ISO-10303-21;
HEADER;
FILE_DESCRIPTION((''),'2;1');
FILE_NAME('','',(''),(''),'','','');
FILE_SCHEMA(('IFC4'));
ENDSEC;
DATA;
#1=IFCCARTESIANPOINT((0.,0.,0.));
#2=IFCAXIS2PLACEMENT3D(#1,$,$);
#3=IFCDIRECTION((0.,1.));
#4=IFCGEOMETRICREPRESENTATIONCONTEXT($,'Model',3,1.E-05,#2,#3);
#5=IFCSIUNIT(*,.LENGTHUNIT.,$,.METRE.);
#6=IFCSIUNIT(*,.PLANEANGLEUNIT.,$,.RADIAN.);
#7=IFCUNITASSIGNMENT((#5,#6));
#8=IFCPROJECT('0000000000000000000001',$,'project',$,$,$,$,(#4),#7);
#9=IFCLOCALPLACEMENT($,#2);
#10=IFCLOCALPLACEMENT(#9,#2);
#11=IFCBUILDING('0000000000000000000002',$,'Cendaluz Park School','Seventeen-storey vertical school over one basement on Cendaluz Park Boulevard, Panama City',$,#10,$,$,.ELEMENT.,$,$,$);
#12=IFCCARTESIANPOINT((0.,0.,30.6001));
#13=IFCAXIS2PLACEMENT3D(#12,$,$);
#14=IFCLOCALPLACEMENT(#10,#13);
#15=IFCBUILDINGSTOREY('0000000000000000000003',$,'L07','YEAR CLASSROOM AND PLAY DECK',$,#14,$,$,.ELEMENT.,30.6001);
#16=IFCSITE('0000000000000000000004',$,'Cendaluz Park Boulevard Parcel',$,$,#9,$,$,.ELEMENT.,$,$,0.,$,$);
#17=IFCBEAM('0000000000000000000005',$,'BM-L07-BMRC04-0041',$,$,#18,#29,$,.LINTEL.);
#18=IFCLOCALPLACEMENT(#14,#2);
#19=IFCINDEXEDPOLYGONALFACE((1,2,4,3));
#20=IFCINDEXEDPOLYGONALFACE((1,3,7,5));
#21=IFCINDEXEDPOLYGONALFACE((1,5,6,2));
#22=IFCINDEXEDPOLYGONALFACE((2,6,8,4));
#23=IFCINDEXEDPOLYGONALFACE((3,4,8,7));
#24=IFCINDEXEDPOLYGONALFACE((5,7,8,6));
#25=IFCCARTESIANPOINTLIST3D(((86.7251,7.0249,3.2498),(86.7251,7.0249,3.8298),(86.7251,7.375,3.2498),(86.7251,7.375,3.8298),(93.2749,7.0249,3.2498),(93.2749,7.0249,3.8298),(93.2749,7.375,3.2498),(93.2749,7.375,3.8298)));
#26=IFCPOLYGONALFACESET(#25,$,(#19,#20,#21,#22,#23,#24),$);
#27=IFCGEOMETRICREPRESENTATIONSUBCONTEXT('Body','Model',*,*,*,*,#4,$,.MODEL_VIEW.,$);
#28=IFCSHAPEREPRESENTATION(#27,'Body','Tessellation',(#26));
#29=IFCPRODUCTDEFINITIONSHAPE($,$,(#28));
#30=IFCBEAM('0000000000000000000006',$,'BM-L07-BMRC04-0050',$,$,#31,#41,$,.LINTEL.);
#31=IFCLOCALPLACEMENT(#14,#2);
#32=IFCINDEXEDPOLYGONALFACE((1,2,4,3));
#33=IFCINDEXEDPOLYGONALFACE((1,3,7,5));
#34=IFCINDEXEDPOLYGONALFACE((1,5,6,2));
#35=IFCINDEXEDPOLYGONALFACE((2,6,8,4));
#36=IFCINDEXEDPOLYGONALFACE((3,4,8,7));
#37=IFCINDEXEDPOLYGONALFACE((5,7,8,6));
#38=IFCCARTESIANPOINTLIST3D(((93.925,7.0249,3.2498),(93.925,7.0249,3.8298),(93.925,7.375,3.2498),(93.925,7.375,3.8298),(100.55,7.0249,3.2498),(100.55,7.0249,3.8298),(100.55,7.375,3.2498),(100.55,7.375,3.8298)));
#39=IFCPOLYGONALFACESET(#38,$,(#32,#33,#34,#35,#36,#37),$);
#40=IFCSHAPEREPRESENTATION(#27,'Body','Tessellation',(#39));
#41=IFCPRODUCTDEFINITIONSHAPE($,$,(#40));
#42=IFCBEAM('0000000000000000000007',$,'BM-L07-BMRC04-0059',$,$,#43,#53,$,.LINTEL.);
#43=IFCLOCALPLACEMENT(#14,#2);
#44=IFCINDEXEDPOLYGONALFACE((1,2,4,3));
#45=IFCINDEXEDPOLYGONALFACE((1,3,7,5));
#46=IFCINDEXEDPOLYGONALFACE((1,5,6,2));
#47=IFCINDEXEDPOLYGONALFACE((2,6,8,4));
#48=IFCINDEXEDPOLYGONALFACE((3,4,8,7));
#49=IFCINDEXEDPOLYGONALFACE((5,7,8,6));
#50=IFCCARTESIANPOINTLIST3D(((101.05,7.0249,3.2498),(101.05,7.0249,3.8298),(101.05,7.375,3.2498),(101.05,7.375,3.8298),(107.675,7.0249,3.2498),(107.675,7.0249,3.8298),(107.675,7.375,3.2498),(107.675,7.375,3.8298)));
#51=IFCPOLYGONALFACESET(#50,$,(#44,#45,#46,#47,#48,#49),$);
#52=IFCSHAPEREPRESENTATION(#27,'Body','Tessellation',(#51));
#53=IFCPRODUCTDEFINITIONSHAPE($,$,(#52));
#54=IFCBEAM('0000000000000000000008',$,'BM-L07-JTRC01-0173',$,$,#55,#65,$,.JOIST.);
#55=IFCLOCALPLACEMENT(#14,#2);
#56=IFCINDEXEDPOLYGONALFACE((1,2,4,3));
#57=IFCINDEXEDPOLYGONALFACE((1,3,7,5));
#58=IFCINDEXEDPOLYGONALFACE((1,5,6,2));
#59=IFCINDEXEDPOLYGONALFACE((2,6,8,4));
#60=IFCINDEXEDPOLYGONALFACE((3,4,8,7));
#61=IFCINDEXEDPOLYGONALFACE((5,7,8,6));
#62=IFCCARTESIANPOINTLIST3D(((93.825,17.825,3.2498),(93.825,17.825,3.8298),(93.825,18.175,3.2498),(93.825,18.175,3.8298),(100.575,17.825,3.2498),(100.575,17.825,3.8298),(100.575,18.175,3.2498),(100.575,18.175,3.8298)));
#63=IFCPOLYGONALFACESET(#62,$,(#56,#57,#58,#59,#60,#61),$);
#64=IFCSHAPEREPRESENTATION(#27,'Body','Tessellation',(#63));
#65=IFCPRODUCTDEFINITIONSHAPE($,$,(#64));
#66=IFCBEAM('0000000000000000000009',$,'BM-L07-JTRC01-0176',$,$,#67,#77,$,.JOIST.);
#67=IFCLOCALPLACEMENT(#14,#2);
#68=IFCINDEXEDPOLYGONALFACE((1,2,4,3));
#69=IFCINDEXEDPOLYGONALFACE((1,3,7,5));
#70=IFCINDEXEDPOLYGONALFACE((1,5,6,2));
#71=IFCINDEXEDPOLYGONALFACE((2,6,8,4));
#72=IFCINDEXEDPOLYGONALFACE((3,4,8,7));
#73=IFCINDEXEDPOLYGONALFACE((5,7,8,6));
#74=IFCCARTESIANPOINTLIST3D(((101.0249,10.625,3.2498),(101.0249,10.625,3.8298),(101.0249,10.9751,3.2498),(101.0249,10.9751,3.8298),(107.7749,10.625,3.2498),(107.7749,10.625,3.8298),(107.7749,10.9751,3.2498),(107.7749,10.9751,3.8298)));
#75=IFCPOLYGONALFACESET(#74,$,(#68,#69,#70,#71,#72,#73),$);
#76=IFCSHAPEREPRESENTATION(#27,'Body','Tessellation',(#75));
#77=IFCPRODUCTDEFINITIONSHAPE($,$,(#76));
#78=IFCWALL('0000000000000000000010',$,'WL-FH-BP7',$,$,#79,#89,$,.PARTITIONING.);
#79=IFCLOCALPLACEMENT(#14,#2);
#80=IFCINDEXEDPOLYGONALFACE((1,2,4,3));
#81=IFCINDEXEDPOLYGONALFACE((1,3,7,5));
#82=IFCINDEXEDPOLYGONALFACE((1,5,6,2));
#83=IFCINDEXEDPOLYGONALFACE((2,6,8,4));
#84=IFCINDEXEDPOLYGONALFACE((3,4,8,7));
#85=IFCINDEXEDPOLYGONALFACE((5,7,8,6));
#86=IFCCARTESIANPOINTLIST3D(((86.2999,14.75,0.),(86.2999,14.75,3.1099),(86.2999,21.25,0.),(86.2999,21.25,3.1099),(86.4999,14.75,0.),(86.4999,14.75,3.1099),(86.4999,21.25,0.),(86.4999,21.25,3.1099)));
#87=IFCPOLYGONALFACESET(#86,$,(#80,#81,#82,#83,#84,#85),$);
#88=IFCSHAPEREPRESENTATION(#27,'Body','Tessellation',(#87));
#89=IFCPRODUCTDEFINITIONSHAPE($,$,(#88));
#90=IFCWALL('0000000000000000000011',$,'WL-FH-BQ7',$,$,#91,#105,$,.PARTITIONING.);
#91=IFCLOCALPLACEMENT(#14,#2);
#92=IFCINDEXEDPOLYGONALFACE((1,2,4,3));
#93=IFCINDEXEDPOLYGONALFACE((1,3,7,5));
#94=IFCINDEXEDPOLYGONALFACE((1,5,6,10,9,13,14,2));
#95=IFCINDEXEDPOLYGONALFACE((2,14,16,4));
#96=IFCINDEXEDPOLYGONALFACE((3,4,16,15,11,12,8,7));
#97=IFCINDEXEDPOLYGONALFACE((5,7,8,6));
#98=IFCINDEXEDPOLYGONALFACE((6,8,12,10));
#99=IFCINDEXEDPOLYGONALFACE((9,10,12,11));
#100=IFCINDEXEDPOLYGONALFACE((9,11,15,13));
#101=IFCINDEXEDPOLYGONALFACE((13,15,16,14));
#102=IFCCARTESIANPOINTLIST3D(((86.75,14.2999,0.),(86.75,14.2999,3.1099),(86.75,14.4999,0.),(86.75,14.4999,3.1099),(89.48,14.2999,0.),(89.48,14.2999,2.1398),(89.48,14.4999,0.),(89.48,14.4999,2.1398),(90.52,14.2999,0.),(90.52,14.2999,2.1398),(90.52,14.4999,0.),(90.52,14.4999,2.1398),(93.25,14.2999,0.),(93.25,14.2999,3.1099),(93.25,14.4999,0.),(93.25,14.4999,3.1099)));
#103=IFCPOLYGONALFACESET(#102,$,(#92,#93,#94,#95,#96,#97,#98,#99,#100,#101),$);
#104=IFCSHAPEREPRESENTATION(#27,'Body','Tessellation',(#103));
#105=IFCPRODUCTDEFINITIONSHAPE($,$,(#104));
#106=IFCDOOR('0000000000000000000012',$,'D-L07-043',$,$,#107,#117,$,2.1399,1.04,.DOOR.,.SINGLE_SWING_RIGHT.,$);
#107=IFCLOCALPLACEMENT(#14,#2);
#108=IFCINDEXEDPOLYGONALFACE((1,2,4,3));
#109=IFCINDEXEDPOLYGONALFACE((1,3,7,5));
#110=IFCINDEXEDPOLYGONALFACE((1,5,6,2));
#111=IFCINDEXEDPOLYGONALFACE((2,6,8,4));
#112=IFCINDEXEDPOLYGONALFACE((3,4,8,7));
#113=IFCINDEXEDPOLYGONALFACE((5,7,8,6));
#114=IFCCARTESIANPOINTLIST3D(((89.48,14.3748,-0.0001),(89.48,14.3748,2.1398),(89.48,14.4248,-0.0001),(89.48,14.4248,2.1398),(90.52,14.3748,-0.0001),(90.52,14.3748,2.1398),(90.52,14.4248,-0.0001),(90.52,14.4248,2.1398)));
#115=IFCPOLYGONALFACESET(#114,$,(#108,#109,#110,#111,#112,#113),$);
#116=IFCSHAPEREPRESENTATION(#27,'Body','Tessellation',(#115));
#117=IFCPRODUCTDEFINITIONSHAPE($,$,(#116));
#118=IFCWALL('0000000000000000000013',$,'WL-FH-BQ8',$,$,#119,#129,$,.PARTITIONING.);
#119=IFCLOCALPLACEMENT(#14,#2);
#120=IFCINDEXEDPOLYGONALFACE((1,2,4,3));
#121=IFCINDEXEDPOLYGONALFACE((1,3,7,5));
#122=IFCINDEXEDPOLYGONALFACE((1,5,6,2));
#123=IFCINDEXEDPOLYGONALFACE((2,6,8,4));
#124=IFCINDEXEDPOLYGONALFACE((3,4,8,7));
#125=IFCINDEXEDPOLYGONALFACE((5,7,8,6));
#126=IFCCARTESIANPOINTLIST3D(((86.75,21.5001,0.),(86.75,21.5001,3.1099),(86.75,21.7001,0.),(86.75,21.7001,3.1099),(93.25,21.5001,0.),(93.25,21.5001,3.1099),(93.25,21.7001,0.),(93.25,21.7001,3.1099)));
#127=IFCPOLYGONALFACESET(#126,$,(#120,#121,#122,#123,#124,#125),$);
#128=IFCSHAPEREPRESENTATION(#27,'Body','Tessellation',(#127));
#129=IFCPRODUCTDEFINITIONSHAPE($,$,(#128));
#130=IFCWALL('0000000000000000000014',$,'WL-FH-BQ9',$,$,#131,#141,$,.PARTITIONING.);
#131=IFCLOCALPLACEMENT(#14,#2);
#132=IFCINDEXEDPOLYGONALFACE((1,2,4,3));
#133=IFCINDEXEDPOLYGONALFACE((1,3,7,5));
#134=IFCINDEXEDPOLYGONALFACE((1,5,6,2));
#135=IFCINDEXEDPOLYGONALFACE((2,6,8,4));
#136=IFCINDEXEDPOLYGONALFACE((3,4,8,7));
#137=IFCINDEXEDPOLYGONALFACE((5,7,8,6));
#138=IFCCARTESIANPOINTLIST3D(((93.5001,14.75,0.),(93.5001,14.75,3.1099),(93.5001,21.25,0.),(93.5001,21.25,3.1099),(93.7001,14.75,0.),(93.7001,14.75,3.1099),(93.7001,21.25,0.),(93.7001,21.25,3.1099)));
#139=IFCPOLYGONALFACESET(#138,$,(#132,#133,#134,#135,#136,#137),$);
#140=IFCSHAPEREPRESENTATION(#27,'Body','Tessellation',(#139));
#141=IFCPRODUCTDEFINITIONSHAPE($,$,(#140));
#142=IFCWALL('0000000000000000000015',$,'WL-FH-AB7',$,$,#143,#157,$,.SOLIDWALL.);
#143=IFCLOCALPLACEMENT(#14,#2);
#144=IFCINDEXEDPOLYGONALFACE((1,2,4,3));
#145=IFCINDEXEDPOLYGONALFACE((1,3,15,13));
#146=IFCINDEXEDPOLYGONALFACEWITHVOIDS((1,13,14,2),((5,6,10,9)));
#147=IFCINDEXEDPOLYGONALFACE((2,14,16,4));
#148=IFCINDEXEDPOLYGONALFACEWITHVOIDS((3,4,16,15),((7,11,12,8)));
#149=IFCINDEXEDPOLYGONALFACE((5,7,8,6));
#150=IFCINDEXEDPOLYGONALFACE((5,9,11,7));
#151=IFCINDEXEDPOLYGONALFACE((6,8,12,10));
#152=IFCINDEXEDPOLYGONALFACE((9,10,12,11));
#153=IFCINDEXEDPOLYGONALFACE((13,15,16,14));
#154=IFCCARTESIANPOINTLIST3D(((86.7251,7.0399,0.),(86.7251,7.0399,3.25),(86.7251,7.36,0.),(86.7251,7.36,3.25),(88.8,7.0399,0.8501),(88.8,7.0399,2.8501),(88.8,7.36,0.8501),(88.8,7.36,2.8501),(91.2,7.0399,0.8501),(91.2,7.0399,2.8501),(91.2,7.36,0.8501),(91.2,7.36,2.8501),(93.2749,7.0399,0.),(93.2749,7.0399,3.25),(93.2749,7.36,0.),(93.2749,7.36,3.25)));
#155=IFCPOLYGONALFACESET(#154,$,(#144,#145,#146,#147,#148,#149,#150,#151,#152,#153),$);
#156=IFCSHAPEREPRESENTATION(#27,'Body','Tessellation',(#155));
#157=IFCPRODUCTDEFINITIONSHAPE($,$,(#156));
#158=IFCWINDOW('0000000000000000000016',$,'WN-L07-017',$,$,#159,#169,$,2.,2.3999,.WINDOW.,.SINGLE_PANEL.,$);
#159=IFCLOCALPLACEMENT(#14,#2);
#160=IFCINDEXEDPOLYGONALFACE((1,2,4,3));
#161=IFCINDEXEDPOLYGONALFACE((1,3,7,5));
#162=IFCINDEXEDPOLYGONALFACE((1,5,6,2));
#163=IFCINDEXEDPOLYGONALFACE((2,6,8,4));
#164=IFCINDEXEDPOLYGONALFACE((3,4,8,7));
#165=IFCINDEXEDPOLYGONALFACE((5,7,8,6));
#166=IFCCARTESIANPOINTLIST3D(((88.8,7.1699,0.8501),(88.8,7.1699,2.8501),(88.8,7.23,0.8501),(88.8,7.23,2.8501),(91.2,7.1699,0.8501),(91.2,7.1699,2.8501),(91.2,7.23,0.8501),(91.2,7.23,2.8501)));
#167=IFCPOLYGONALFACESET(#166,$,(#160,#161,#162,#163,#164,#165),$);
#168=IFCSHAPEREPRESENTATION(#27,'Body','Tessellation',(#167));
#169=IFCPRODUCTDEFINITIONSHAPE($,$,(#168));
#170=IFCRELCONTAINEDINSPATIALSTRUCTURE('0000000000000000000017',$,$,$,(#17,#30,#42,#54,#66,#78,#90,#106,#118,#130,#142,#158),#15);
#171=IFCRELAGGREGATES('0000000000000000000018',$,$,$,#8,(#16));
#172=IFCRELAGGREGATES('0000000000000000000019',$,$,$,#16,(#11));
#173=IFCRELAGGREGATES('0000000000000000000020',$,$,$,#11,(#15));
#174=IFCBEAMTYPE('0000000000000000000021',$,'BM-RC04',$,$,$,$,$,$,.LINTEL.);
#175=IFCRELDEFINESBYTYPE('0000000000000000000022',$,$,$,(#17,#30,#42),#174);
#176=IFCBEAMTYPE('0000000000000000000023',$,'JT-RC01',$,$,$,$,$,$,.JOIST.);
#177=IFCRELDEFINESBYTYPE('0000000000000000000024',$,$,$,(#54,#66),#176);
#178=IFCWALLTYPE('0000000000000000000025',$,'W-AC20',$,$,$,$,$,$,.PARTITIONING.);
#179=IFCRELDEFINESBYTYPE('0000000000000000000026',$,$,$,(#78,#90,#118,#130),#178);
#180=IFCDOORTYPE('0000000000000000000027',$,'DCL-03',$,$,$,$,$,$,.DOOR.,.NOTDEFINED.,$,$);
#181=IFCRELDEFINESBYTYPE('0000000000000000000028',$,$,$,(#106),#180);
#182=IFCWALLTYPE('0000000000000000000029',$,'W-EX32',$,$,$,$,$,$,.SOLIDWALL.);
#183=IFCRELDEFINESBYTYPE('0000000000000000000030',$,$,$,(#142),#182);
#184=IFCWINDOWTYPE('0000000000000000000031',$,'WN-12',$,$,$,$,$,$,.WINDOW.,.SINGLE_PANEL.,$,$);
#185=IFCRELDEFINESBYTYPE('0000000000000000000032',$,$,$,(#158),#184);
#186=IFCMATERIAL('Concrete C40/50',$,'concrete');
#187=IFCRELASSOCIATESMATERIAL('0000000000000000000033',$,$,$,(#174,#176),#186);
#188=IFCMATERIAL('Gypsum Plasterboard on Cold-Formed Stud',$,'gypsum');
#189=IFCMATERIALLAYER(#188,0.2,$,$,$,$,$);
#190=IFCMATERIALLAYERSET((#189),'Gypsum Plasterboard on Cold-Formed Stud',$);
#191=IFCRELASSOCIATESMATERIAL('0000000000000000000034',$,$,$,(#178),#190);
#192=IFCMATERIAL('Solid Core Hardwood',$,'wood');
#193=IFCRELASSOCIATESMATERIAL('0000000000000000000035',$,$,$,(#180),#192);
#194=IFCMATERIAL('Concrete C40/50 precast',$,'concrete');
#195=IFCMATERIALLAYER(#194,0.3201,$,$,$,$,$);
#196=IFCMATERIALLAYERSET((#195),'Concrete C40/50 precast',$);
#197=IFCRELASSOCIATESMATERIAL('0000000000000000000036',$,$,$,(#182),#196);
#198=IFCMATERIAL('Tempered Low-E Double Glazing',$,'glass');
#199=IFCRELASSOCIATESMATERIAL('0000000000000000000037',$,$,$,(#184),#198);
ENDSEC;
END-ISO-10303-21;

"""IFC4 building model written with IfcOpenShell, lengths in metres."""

from ifc_helpers import new_model, si_unit, direction, frame, frame_2d, origin, origin_2d, place, context, subcontext, project, spatial, rectangle, extrude, material, layer, layer_set, material_profile, profile_set, type_object, element, fill, save


model = new_model("IFC4")

# Units and contexts
model_context = context("Model", 3, precision=1e-05, world=origin(), true_north=direction((0.0, 1.0)))
body_context = subcontext(model_context, "Body", "Model", "MODEL_VIEW")
ifc_project = project(units=[si_unit("LENGTHUNIT", "METRE"), si_unit("PLANEANGLEUNIT", "RADIAN")], contexts=[model_context])

# Site, building, storey
site_placement = place(None, origin())
site = spatial("IfcSite", under=ifc_project, at=site_placement, Name="Cendaluz Park Boulevard Parcel", CompositionType="ELEMENT", RefElevation=0.0)
building_placement = place(site_placement, origin())
building = spatial("IfcBuilding", under=site, at=building_placement, Name="Cendaluz Park School", Description="Seventeen-storey vertical school over one basement on Cendaluz Park Boulevard, Panama City", CompositionType="ELEMENT")
storey_placement = place(building_placement, frame((0.0, 0.0, 30.6001)))
storey = spatial("IfcBuildingStorey", under=building, at=storey_placement, Name="L07", Description="YEAR CLASSROOM AND PLAY DECK", CompositionType="ELEMENT", Elevation=30.6001)

# Shared definitions
ifc_material_1 = material(Name="Concrete C40/50", Category="concrete")

# Beams
ifc_material_profile_1 = material_profile(ifc_material_1, rectangle(XDim=0.3501, YDim=0.5801, at=origin_2d()), Name="RC 350x580", Category="concrete")
ifc_profile_set_1 = profile_set([ifc_material_profile_1], Name="Concrete C40/50")
beam_type_1 = type_object("IfcBeamType", Name="BM-RC04", PredefinedType="LINTEL", material=ifc_profile_set_1)
beam_1_placement = place(storey_placement, frame((86.7251, 7.2, 3.5398), z_axis=(1.0, 0.0, 0.0), x_axis=(0.0, 1.0, 0.0)))
element("IfcBeam", 1, at=beam_1_placement, inside=storey, type_object=beam_type_1, Name="BM-L07-BMRC04-0041", PredefinedType="LINTEL", context=body_context, shape_type="SweptSolid", body=[
    extrude(rectangle(XDim=0.3501, YDim=0.5801, at=origin_2d()), origin(), (0.0, 0.0, 1.0), 6.5498),
])
for number, where, z_axis, x_axis, name in (
    (2, (93.925, 7.2, 3.5398), (1.0, 0.0, 0.0), (0.0, 1.0, 0.0), "BM-L07-BMRC04-0050"),
    (3, (101.05, 7.2, 3.5398), (1.0, 0.0, 0.0), (0.0, 1.0, 0.0), "BM-L07-BMRC04-0059"),
):
    element("IfcBeam", number, at=place(storey_placement, frame(where, z_axis=z_axis, x_axis=x_axis)), inside=storey, type_object=beam_type_1, Name=name, PredefinedType="LINTEL", context=body_context, shape_type="SweptSolid", body=[
        extrude(rectangle(XDim=0.3501, YDim=0.5801, at=origin_2d()), origin(), (0.0, 0.0, 1.0), 6.625),
    ])
ifc_material_profile_2 = material_profile(ifc_material_1, rectangle(XDim=0.3501, YDim=0.5801, at=origin_2d()), Name="RC 350x580", Category="concrete")
ifc_profile_set_2 = profile_set([ifc_material_profile_2], Name="Concrete C40/50")
beam_type_2 = type_object("IfcBeamType", Name="JT-RC01", PredefinedType="JOIST", material=ifc_profile_set_2)
for number, where, z_axis, x_axis, name in (
    (4, (93.825, 18.0, 3.5398), (1.0, 0.0, 0.0), (0.0, 1.0, 0.0), "BM-L07-JTRC01-0173"),
    (5, (101.0249, 10.8, 3.5398), (1.0, 0.0, 0.0), (0.0, 1.0, 0.0), "BM-L07-JTRC01-0176"),
):
    element("IfcBeam", number, at=place(storey_placement, frame(where, z_axis=z_axis, x_axis=x_axis)), inside=storey, type_object=beam_type_2, Name=name, PredefinedType="JOIST", context=body_context, shape_type="SweptSolid", body=[
        extrude(rectangle(XDim=0.3501, YDim=0.5801, at=origin_2d()), origin(), (0.0, 0.0, 1.0), 6.75),
    ])

# Wall
ifc_material_2 = material(Name="Gypsum Plasterboard on Cold-Formed Stud", Category="gypsum")
ifc_layer_1 = layer(ifc_material_2, 0.2)
ifc_layer_set_1 = layer_set([ifc_layer_1], Name="Gypsum Plasterboard on Cold-Formed Stud")
wall_type_1 = type_object("IfcWallType", Name="W-AC20", PredefinedType="PARTITIONING", material=ifc_layer_set_1)
wall_1_placement = place(storey_placement, frame((86.3999, 14.75, 0.0), z_axis=(0.0, 0.0, 1.0), x_axis=(0.0, 1.0, 0.0)))
element("IfcWall", 6, at=wall_1_placement, inside=storey, type_object=wall_type_1, Name="WL-FH-BP7", PredefinedType="PARTITIONING", context=body_context, shape_type="SweptSolid", body=[
    extrude(rectangle(XDim=6.5, YDim=0.2, at=frame_2d((3.25, 0.0))), origin(), (0.0, 0.0, 1.0), 3.1099),
])

# Wall, opening, door
wall_2_placement = place(storey_placement, frame((86.75, 14.3999, 0.0), z_axis=(0.0, 0.0, 1.0), x_axis=(1.0, 0.0, 0.0)))
wall_2 = element("IfcWall", 7, at=wall_2_placement, inside=storey, type_object=wall_type_1, Name="WL-FH-BQ7", PredefinedType="PARTITIONING", context=body_context, shape_type="SweptSolid", body=[
    extrude(rectangle(XDim=6.5, YDim=0.2, at=frame_2d((3.25, 0.0))), origin(), (0.0, 0.0, 1.0), 3.1099),
])
opening_1_placement = place(wall_2_placement, frame((2.73, 0.0, 0.0)))
opening_1 = element("IfcOpeningElement", 8, at=opening_1_placement, cuts=wall_2, PredefinedType="OPENING", context=body_context, shape_type="SweptSolid", body=[
    extrude(rectangle(XDim=1.04, YDim=2.1399, at=frame_2d((0.52, 1.0698))), frame((0.0, 0.1121, 0.0), z_axis=(0.0, -1.0, 0.0), x_axis=(1.0, 0.0, 0.0)), (0.0, 0.0, 1.0), 0.2239),
])
ifc_material_3 = material(Name="Solid Core Hardwood", Category="wood")
door_type_1 = type_object("IfcDoorType", Name="DCL-03", OperationType="NOTDEFINED", PredefinedType="DOOR", material=ifc_material_3)
door_1_placement = place(opening_1_placement, origin())
door_1 = element("IfcDoor", 9, at=door_1_placement, inside=storey, type_object=door_type_1, Name="D-L07-043", OperationType="SINGLE_SWING_RIGHT", OverallHeight=2.1399, OverallWidth=1.04, PredefinedType="DOOR", context=body_context, shape_type="SweptSolid", body=[
    extrude(rectangle(XDim=1.04, YDim=2.1399, at=frame_2d((0.52, 1.0698))), frame((0.0, 0.0249, 0.0), z_axis=(0.0, -1.0, 0.0), x_axis=(1.0, 0.0, 0.0)), (0.0, 0.0, 1.0), 0.05),
])
fill(opening_1, door_1)

# Walls
for number, where, z_axis, x_axis, name in (
    (10, (86.75, 21.6001, 0.0), (0.0, 0.0, 1.0), (1.0, 0.0, 0.0), "WL-FH-BQ8"),
    (11, (93.6001, 14.75, 0.0), (0.0, 0.0, 1.0), (0.0, 1.0, 0.0), "WL-FH-BQ9"),
):
    element("IfcWall", number, at=place(storey_placement, frame(where, z_axis=z_axis, x_axis=x_axis)), inside=storey, type_object=wall_type_1, Name=name, PredefinedType="PARTITIONING", context=body_context, shape_type="SweptSolid", body=[
        extrude(rectangle(XDim=6.5, YDim=0.2, at=frame_2d((3.25, 0.0))), origin(), (0.0, 0.0, 1.0), 3.1099),
    ])

# Wall, opening, window
ifc_material_4 = material(Name="Concrete C40/50 precast", Category="concrete")
ifc_layer_2 = layer(ifc_material_4, 0.3201)
ifc_layer_set_2 = layer_set([ifc_layer_2], Name="Concrete C40/50 precast")
wall_type_2 = type_object("IfcWallType", Name="W-EX32", PredefinedType="SOLIDWALL", material=ifc_layer_set_2)
wall_3_placement = place(storey_placement, frame((86.7251, 7.2, 0.0), z_axis=(0.0, 0.0, 1.0), x_axis=(1.0, 0.0, 0.0)))
wall_3 = element("IfcWall", 12, at=wall_3_placement, inside=storey, type_object=wall_type_2, Name="WL-FH-AB7", PredefinedType="SOLIDWALL", context=body_context, shape_type="SweptSolid", body=[
    extrude(rectangle(XDim=6.5498, YDim=0.3201, at=frame_2d((3.2749, 0.0))), origin(), (0.0, 0.0, 1.0), 3.25),
])
opening_2_placement = place(wall_3_placement, frame((2.075, 0.0, 0.8501)))
opening_2 = element("IfcOpeningElement", 13, at=opening_2_placement, cuts=wall_3, PredefinedType="OPENING", context=body_context, shape_type="SweptSolid", body=[
    extrude(rectangle(XDim=2.3999, YDim=2.0, at=frame_2d((1.2, 1.0))), frame((0.0, 0.1721, 0.0), z_axis=(0.0, -1.0, 0.0), x_axis=(1.0, 0.0, 0.0)), (0.0, 0.0, 1.0), 0.344),
])
ifc_material_5 = material(Name="Tempered Low-E Double Glazing", Category="glass")
window_type_1 = type_object("IfcWindowType", Name="WN-12", PartitioningType="SINGLE_PANEL", PredefinedType="WINDOW", material=ifc_material_5)
window_1_placement = place(opening_2_placement, origin())
window_1 = element("IfcWindow", 14, at=window_1_placement, inside=storey, type_object=window_type_1, Name="WN-L07-017", OverallHeight=2.0, OverallWidth=2.3999, PartitioningType="SINGLE_PANEL", PredefinedType="WINDOW", context=body_context, shape_type="SweptSolid", body=[
    extrude(rectangle(XDim=2.3999, YDim=2.0, at=frame_2d((1.2, 1.0))), frame((0.0, 0.03, 0.0), z_axis=(0.0, -1.0, 0.0), x_axis=(1.0, 0.0, 0.0)), (0.0, 0.0, 1.0), 0.0601),
])
fill(opening_2, window_1)

save(model, "model.ifc")
